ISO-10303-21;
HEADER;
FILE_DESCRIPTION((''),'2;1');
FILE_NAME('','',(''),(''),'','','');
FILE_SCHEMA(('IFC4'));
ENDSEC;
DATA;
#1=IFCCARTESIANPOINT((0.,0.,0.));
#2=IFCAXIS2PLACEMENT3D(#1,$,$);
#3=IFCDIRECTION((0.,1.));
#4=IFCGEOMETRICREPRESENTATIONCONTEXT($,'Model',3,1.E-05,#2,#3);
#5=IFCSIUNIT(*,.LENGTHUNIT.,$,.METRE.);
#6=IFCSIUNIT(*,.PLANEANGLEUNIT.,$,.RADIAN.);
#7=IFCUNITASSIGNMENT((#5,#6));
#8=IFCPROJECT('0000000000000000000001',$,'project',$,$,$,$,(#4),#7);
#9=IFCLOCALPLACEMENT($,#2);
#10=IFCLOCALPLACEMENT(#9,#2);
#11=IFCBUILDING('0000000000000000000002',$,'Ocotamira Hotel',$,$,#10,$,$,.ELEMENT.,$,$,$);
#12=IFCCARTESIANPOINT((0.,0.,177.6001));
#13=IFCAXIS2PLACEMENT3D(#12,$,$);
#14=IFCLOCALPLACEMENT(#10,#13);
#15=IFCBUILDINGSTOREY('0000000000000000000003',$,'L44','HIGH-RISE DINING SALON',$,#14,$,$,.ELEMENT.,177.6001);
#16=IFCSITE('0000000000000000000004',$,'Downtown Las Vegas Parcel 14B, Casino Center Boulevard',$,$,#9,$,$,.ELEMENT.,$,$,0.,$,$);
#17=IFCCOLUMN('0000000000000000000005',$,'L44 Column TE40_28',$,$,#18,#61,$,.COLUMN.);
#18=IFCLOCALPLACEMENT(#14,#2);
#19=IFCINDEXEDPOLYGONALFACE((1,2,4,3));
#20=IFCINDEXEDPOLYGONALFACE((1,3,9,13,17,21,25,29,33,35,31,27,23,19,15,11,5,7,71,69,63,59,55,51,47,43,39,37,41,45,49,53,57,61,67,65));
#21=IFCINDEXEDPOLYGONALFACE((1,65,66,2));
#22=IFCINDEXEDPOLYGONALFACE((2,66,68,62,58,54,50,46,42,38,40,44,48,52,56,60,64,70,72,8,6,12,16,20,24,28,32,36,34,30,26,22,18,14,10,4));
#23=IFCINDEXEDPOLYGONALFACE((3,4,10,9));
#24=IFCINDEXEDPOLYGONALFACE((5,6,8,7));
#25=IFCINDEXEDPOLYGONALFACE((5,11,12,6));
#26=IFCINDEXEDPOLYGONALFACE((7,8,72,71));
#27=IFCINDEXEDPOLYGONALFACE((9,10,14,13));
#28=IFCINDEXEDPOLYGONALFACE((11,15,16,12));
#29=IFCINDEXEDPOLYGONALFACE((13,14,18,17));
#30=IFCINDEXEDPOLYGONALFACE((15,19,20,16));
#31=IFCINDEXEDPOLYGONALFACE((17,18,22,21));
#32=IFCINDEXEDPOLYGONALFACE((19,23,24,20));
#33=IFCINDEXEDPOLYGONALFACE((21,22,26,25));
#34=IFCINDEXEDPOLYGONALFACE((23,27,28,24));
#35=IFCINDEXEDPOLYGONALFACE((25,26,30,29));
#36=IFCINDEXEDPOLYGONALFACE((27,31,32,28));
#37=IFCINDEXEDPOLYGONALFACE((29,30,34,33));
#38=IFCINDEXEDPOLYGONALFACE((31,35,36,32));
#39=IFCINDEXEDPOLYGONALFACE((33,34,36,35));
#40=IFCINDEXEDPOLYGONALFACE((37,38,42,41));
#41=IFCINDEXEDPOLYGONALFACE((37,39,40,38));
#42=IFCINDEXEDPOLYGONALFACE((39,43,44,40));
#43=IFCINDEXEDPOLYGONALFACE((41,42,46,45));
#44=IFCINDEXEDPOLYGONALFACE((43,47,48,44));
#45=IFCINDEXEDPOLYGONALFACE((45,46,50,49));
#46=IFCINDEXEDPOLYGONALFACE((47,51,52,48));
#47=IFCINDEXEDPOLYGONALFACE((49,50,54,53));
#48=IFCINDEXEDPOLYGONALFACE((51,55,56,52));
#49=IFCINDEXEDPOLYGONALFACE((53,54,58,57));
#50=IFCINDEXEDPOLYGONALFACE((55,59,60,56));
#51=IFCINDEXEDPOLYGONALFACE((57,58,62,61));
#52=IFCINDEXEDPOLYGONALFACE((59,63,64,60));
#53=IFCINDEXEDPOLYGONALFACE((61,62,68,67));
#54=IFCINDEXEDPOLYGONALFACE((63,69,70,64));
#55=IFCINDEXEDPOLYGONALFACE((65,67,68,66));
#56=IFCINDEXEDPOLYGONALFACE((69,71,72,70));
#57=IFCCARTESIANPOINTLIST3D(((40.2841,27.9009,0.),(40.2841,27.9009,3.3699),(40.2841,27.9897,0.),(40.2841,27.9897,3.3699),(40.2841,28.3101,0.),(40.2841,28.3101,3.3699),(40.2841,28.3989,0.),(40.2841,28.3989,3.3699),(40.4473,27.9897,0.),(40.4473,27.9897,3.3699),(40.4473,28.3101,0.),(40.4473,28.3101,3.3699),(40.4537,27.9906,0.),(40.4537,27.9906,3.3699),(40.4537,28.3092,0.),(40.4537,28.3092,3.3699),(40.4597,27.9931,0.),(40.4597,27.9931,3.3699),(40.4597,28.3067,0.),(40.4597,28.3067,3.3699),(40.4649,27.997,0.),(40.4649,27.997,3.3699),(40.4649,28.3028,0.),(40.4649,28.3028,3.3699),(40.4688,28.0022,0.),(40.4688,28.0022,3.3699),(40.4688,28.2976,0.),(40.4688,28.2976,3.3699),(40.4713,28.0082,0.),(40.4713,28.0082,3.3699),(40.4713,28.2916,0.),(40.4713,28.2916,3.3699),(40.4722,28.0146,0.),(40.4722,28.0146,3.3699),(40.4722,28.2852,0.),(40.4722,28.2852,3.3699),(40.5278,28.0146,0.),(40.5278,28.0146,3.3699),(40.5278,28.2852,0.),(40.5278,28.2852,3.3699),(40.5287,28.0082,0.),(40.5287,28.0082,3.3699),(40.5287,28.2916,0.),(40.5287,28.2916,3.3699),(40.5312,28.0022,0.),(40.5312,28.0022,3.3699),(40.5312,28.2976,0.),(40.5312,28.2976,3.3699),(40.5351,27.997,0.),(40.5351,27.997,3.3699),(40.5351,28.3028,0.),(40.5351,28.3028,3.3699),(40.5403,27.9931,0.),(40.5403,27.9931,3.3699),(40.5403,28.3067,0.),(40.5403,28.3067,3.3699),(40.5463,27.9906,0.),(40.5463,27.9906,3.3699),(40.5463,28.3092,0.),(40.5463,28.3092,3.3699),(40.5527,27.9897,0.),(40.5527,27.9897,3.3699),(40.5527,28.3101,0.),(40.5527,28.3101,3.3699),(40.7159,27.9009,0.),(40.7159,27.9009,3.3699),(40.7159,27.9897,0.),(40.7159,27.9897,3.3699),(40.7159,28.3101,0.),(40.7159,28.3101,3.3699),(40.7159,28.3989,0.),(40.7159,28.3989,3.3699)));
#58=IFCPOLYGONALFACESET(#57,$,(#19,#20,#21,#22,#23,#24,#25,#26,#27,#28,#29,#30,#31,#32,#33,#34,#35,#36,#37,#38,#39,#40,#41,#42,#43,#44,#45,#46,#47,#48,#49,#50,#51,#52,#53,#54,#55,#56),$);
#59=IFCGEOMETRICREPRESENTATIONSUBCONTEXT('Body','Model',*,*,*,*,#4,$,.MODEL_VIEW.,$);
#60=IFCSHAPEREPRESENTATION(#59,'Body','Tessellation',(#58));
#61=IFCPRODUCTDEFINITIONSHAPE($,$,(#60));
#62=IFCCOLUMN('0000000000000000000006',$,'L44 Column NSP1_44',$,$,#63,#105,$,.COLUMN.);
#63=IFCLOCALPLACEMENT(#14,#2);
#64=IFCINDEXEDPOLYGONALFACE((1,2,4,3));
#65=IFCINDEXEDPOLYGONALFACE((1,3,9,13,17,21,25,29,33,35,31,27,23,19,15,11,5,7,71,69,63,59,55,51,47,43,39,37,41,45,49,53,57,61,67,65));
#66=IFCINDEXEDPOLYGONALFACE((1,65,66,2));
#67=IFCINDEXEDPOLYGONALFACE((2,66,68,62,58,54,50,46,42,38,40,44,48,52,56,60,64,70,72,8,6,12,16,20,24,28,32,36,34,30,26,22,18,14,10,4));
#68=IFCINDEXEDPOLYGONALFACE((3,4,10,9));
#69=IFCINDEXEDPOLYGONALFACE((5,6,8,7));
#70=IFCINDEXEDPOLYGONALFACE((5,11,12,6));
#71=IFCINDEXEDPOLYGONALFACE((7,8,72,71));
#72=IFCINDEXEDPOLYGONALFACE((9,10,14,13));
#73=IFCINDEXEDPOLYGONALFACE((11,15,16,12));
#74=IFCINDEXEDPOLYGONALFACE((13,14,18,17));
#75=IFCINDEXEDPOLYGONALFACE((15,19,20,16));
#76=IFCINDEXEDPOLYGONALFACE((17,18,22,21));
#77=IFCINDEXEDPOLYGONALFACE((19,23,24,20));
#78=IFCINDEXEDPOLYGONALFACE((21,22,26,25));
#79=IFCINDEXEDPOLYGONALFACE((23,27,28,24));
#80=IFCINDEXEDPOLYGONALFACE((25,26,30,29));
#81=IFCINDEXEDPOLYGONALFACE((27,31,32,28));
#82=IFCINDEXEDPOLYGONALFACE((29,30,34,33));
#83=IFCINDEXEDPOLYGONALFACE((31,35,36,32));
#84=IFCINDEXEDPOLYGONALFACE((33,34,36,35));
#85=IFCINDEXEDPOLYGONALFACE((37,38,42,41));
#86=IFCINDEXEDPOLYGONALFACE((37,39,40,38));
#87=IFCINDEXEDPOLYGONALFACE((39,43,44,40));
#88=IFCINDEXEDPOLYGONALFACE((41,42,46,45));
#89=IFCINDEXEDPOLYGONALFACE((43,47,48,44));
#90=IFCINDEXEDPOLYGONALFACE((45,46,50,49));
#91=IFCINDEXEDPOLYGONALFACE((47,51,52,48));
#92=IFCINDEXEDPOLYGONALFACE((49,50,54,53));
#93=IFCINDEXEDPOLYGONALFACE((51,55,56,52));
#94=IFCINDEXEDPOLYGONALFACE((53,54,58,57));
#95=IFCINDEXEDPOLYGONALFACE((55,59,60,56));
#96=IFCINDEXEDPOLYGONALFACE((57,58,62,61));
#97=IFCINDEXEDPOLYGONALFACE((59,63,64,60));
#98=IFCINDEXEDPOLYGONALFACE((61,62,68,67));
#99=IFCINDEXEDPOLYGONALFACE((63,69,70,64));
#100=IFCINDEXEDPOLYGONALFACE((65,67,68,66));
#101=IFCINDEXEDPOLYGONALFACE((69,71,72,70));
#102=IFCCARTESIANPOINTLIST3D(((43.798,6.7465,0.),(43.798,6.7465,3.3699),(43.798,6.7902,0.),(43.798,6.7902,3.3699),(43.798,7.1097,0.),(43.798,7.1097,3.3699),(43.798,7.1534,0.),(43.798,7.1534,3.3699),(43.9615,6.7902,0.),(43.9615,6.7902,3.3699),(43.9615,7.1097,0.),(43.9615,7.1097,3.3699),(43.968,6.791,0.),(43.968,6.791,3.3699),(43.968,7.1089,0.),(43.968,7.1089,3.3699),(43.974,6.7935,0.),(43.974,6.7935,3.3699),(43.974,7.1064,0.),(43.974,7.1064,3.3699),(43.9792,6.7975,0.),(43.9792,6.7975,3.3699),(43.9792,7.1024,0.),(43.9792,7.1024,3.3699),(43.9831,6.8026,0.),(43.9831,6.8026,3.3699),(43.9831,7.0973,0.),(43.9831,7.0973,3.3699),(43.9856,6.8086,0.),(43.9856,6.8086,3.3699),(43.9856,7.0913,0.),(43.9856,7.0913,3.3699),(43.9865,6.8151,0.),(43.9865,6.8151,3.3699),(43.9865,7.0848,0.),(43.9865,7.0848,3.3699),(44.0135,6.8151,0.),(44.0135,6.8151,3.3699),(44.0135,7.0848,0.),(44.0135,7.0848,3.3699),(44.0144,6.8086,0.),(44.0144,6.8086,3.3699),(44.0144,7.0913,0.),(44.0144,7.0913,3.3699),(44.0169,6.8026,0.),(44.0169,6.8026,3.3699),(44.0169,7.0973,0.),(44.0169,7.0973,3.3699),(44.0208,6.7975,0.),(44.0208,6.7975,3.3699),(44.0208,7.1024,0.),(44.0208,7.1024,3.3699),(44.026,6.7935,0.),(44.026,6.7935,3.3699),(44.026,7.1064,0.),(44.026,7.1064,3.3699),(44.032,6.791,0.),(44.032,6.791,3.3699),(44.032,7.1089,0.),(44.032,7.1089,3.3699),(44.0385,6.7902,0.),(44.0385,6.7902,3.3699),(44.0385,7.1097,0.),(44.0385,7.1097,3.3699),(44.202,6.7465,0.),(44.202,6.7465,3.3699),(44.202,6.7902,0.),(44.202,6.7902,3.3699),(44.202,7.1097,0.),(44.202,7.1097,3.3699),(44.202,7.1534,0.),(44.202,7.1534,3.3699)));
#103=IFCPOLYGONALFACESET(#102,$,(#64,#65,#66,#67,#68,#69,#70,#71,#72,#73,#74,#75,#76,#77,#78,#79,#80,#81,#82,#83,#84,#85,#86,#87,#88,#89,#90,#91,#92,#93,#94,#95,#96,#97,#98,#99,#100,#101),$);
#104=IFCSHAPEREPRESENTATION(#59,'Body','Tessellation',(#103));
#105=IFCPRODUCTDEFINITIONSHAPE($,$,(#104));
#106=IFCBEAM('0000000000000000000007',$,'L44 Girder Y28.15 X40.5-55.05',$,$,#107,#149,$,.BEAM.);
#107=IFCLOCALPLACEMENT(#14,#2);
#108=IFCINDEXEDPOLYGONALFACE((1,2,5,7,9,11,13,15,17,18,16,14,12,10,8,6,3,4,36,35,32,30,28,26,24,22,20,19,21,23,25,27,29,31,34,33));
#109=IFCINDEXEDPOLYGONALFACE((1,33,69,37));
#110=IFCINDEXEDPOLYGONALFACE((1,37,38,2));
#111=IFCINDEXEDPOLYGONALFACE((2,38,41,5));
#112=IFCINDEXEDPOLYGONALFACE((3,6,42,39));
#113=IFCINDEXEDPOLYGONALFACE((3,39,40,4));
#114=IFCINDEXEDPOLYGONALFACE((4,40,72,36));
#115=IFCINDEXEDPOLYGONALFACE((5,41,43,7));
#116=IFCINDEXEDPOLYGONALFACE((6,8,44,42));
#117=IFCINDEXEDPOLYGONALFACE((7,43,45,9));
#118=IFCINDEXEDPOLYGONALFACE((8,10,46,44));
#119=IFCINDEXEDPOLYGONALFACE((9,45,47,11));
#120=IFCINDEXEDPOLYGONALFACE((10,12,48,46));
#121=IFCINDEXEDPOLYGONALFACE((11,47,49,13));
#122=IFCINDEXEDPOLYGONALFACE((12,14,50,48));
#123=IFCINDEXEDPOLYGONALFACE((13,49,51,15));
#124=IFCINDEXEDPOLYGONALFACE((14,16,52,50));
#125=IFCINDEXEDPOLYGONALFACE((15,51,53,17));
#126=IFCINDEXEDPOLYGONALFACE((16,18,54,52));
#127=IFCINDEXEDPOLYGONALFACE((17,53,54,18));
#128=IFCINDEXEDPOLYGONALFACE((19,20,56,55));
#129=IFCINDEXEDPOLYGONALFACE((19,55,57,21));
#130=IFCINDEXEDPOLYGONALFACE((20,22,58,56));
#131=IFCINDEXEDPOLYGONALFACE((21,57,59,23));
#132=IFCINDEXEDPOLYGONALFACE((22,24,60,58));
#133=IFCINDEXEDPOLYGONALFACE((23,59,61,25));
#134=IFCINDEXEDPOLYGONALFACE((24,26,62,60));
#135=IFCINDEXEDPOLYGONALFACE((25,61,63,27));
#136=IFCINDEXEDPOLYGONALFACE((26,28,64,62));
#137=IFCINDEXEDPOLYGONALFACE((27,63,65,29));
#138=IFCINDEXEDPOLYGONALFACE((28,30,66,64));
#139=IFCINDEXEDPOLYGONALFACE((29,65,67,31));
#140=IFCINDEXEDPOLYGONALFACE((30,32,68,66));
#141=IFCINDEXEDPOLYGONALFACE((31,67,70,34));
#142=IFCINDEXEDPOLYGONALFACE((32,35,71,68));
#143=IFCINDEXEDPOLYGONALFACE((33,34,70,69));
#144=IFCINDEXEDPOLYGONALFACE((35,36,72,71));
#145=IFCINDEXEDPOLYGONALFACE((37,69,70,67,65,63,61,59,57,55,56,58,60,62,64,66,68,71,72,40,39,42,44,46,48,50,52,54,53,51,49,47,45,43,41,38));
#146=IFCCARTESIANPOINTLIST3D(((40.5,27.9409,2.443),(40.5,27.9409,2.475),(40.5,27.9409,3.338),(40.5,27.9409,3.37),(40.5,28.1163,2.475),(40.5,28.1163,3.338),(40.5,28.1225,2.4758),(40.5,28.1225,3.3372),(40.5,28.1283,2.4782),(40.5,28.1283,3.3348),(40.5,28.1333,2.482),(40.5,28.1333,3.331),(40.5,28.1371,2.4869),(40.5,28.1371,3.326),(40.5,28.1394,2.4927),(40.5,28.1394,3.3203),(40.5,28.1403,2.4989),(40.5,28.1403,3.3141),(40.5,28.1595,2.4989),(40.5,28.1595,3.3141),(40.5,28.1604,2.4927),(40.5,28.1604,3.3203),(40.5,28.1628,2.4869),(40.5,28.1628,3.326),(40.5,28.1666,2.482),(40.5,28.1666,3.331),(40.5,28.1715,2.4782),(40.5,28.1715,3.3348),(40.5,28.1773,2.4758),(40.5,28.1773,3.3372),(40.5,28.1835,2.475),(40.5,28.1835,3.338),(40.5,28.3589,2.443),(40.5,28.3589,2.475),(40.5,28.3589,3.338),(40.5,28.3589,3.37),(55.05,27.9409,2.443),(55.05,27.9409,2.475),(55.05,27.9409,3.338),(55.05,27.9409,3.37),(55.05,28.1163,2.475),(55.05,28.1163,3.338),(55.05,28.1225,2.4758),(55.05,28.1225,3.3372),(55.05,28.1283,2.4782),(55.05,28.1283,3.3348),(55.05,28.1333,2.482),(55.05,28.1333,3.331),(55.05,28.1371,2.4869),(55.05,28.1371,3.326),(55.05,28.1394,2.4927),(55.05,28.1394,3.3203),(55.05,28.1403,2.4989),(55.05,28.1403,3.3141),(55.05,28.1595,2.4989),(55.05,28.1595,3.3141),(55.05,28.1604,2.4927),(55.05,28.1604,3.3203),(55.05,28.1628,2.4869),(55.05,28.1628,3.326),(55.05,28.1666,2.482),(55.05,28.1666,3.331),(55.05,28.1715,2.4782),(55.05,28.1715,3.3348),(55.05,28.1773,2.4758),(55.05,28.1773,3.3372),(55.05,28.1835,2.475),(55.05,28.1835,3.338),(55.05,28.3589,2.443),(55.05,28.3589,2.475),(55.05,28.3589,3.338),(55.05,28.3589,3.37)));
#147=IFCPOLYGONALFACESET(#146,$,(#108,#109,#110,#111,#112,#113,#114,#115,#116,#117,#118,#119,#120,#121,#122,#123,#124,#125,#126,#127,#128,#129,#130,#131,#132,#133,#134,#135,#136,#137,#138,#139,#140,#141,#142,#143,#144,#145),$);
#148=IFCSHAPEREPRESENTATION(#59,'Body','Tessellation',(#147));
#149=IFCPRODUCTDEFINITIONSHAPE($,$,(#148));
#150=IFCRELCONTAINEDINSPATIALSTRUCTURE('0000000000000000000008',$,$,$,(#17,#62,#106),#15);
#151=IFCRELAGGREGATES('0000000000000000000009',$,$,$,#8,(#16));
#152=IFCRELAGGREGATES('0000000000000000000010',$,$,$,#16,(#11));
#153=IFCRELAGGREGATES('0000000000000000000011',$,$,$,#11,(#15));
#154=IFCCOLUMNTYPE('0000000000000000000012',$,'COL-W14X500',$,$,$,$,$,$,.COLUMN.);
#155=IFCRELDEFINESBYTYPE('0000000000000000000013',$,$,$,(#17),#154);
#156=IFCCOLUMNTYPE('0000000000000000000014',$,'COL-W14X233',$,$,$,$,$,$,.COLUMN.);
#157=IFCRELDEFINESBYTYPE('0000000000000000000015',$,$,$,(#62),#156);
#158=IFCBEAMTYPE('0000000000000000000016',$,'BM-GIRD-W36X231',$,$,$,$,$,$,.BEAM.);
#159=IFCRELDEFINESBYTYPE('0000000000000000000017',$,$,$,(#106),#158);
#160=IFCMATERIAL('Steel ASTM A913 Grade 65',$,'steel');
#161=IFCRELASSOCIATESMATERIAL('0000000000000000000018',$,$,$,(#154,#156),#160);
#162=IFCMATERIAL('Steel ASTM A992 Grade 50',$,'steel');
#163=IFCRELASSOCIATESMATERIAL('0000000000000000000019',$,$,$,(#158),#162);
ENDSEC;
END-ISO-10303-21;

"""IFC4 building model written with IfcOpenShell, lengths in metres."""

from ifc_helpers import new_model, si_unit, direction, frame, origin, origin_2d, place, context, subcontext, project, spatial, i_section, extrude, source, transform, mapped, material, material_profile, profile_set, type_object, element, save


model = new_model("IFC4")

# Units and contexts
model_context = context("Model", 3, precision=1e-05, world=origin(), true_north=direction((0.0, 1.0)))
body_context = subcontext(model_context, "Body", "Model", "MODEL_VIEW")
ifc_project = project(units=[si_unit("LENGTHUNIT", "METRE"), si_unit("PLANEANGLEUNIT", "RADIAN")], contexts=[model_context])

# Site, building, storey
site_placement = place(None, origin())
site = spatial("IfcSite", under=ifc_project, at=site_placement, Name="Downtown Las Vegas Parcel 14B, Casino Center Boulevard", CompositionType="ELEMENT", RefElevation=0.0)
building_placement = place(site_placement, origin())
building = spatial("IfcBuilding", under=site, at=building_placement, Name="Ocotamira Hotel", CompositionType="ELEMENT")
storey_placement = place(building_placement, frame((0.0, 0.0, 177.6001)))
storey = spatial("IfcBuildingStorey", under=building, at=storey_placement, Name="L44", Description="HIGH-RISE DINING SALON", CompositionType="ELEMENT", Elevation=177.6001)

# Columns
ifc_material_1 = material(Name="Steel ASTM A913 Grade 65", Category="steel")
ifc_material_profile_1 = material_profile(ifc_material_1, i_section(OverallWidth=0.4319, OverallDepth=0.498, WebThickness=0.0557, FlangeThickness=0.0889, FilletRadius=0.0249, at=origin_2d()), Name="W14X500")
ifc_profile_set_1 = profile_set([ifc_material_profile_1], Name="Steel ASTM A913 Grade 65")
column_type_1 = type_object("IfcColumnType", Name="COL-W14X500", PredefinedType="COLUMN", material=ifc_profile_set_1)
shared_shape_1 = source(origin(), body_context, "Body", "SweptSolid", [
    extrude(i_section(OverallWidth=0.4319, OverallDepth=0.498, WebThickness=0.0557, FlangeThickness=0.0889, FilletRadius=0.0249, at=origin_2d()), origin(), (0.0, 0.0, 1.0), 3.3699),
])
column_1_placement = place(storey_placement, frame((40.5, 28.1499, 0.0), z_axis=(0.0, 0.0, 1.0), x_axis=(1.0, 0.0, 0.0)))
element("IfcColumn", 1, at=column_1_placement, inside=storey, type_object=column_type_1, Name="L44 Column TE40_28", PredefinedType="COLUMN", context=body_context, shape_type="MappedRepresentation", body=[
    mapped(shared_shape_1, transform((0.0, 0.0, 0.0), scale=1.0)),
])
ifc_material_profile_2 = material_profile(ifc_material_1, i_section(OverallWidth=0.4041, OverallDepth=0.407, WebThickness=0.0271, FlangeThickness=0.0437, FilletRadius=0.0249, at=origin_2d()), Name="W14X233")
ifc_profile_set_2 = profile_set([ifc_material_profile_2], Name="Steel ASTM A913 Grade 65")
column_type_2 = type_object("IfcColumnType", Name="COL-W14X233", PredefinedType="COLUMN", material=ifc_profile_set_2)
shared_shape_2 = source(origin(), body_context, "Body", "SweptSolid", [
    extrude(i_section(OverallWidth=0.4041, OverallDepth=0.407, WebThickness=0.0271, FlangeThickness=0.0437, FilletRadius=0.0249, at=origin_2d()), origin(), (0.0, 0.0, 1.0), 3.3699),
])
column_2_placement = place(storey_placement, frame((44.0, 6.95, 0.0), z_axis=(0.0, 0.0, 1.0), x_axis=(1.0, 0.0, 0.0)))
element("IfcColumn", 2, at=column_2_placement, inside=storey, type_object=column_type_2, Name="L44 Column NSP1_44", PredefinedType="COLUMN", context=body_context, shape_type="MappedRepresentation", body=[
    mapped(shared_shape_2, transform((0.0, 0.0, 0.0), scale=1.0)),
])

# Beam
ifc_material_2 = material(Name="Steel ASTM A992 Grade 50", Category="steel")
ifc_material_profile_3 = material_profile(ifc_material_2, i_section(OverallWidth=0.418, OverallDepth=0.927, WebThickness=0.0193, FlangeThickness=0.032, FilletRadius=0.0239, at=origin_2d()), Name="W36X231")
ifc_profile_set_3 = profile_set([ifc_material_profile_3], Name="Steel ASTM A992 Grade 50")
beam_type_1 = type_object("IfcBeamType", Name="BM-GIRD-W36X231", PredefinedType="BEAM", material=ifc_profile_set_3)
shared_shape_3 = source(origin(), body_context, "Body", "SweptSolid", [
    extrude(i_section(OverallWidth=0.418, OverallDepth=0.927, WebThickness=0.0193, FlangeThickness=0.032, FilletRadius=0.0239, at=origin_2d()), origin(), (0.0, 0.0, 1.0), 14.55),
])
beam_1_placement = place(storey_placement, frame((40.5, 28.1499, 2.9065), z_axis=(1.0, 0.0, 0.0), x_axis=(0.0, 1.0, 0.0)))
element("IfcBeam", 3, at=beam_1_placement, inside=storey, type_object=beam_type_1, Name="L44 Girder Y28.15 X40.5-55.05", PredefinedType="BEAM", context=body_context, shape_type="MappedRepresentation", body=[
    mapped(shared_shape_3, transform((0.0, 0.0, 0.0), scale=1.0)),
])

save(model, "model.ifc")
